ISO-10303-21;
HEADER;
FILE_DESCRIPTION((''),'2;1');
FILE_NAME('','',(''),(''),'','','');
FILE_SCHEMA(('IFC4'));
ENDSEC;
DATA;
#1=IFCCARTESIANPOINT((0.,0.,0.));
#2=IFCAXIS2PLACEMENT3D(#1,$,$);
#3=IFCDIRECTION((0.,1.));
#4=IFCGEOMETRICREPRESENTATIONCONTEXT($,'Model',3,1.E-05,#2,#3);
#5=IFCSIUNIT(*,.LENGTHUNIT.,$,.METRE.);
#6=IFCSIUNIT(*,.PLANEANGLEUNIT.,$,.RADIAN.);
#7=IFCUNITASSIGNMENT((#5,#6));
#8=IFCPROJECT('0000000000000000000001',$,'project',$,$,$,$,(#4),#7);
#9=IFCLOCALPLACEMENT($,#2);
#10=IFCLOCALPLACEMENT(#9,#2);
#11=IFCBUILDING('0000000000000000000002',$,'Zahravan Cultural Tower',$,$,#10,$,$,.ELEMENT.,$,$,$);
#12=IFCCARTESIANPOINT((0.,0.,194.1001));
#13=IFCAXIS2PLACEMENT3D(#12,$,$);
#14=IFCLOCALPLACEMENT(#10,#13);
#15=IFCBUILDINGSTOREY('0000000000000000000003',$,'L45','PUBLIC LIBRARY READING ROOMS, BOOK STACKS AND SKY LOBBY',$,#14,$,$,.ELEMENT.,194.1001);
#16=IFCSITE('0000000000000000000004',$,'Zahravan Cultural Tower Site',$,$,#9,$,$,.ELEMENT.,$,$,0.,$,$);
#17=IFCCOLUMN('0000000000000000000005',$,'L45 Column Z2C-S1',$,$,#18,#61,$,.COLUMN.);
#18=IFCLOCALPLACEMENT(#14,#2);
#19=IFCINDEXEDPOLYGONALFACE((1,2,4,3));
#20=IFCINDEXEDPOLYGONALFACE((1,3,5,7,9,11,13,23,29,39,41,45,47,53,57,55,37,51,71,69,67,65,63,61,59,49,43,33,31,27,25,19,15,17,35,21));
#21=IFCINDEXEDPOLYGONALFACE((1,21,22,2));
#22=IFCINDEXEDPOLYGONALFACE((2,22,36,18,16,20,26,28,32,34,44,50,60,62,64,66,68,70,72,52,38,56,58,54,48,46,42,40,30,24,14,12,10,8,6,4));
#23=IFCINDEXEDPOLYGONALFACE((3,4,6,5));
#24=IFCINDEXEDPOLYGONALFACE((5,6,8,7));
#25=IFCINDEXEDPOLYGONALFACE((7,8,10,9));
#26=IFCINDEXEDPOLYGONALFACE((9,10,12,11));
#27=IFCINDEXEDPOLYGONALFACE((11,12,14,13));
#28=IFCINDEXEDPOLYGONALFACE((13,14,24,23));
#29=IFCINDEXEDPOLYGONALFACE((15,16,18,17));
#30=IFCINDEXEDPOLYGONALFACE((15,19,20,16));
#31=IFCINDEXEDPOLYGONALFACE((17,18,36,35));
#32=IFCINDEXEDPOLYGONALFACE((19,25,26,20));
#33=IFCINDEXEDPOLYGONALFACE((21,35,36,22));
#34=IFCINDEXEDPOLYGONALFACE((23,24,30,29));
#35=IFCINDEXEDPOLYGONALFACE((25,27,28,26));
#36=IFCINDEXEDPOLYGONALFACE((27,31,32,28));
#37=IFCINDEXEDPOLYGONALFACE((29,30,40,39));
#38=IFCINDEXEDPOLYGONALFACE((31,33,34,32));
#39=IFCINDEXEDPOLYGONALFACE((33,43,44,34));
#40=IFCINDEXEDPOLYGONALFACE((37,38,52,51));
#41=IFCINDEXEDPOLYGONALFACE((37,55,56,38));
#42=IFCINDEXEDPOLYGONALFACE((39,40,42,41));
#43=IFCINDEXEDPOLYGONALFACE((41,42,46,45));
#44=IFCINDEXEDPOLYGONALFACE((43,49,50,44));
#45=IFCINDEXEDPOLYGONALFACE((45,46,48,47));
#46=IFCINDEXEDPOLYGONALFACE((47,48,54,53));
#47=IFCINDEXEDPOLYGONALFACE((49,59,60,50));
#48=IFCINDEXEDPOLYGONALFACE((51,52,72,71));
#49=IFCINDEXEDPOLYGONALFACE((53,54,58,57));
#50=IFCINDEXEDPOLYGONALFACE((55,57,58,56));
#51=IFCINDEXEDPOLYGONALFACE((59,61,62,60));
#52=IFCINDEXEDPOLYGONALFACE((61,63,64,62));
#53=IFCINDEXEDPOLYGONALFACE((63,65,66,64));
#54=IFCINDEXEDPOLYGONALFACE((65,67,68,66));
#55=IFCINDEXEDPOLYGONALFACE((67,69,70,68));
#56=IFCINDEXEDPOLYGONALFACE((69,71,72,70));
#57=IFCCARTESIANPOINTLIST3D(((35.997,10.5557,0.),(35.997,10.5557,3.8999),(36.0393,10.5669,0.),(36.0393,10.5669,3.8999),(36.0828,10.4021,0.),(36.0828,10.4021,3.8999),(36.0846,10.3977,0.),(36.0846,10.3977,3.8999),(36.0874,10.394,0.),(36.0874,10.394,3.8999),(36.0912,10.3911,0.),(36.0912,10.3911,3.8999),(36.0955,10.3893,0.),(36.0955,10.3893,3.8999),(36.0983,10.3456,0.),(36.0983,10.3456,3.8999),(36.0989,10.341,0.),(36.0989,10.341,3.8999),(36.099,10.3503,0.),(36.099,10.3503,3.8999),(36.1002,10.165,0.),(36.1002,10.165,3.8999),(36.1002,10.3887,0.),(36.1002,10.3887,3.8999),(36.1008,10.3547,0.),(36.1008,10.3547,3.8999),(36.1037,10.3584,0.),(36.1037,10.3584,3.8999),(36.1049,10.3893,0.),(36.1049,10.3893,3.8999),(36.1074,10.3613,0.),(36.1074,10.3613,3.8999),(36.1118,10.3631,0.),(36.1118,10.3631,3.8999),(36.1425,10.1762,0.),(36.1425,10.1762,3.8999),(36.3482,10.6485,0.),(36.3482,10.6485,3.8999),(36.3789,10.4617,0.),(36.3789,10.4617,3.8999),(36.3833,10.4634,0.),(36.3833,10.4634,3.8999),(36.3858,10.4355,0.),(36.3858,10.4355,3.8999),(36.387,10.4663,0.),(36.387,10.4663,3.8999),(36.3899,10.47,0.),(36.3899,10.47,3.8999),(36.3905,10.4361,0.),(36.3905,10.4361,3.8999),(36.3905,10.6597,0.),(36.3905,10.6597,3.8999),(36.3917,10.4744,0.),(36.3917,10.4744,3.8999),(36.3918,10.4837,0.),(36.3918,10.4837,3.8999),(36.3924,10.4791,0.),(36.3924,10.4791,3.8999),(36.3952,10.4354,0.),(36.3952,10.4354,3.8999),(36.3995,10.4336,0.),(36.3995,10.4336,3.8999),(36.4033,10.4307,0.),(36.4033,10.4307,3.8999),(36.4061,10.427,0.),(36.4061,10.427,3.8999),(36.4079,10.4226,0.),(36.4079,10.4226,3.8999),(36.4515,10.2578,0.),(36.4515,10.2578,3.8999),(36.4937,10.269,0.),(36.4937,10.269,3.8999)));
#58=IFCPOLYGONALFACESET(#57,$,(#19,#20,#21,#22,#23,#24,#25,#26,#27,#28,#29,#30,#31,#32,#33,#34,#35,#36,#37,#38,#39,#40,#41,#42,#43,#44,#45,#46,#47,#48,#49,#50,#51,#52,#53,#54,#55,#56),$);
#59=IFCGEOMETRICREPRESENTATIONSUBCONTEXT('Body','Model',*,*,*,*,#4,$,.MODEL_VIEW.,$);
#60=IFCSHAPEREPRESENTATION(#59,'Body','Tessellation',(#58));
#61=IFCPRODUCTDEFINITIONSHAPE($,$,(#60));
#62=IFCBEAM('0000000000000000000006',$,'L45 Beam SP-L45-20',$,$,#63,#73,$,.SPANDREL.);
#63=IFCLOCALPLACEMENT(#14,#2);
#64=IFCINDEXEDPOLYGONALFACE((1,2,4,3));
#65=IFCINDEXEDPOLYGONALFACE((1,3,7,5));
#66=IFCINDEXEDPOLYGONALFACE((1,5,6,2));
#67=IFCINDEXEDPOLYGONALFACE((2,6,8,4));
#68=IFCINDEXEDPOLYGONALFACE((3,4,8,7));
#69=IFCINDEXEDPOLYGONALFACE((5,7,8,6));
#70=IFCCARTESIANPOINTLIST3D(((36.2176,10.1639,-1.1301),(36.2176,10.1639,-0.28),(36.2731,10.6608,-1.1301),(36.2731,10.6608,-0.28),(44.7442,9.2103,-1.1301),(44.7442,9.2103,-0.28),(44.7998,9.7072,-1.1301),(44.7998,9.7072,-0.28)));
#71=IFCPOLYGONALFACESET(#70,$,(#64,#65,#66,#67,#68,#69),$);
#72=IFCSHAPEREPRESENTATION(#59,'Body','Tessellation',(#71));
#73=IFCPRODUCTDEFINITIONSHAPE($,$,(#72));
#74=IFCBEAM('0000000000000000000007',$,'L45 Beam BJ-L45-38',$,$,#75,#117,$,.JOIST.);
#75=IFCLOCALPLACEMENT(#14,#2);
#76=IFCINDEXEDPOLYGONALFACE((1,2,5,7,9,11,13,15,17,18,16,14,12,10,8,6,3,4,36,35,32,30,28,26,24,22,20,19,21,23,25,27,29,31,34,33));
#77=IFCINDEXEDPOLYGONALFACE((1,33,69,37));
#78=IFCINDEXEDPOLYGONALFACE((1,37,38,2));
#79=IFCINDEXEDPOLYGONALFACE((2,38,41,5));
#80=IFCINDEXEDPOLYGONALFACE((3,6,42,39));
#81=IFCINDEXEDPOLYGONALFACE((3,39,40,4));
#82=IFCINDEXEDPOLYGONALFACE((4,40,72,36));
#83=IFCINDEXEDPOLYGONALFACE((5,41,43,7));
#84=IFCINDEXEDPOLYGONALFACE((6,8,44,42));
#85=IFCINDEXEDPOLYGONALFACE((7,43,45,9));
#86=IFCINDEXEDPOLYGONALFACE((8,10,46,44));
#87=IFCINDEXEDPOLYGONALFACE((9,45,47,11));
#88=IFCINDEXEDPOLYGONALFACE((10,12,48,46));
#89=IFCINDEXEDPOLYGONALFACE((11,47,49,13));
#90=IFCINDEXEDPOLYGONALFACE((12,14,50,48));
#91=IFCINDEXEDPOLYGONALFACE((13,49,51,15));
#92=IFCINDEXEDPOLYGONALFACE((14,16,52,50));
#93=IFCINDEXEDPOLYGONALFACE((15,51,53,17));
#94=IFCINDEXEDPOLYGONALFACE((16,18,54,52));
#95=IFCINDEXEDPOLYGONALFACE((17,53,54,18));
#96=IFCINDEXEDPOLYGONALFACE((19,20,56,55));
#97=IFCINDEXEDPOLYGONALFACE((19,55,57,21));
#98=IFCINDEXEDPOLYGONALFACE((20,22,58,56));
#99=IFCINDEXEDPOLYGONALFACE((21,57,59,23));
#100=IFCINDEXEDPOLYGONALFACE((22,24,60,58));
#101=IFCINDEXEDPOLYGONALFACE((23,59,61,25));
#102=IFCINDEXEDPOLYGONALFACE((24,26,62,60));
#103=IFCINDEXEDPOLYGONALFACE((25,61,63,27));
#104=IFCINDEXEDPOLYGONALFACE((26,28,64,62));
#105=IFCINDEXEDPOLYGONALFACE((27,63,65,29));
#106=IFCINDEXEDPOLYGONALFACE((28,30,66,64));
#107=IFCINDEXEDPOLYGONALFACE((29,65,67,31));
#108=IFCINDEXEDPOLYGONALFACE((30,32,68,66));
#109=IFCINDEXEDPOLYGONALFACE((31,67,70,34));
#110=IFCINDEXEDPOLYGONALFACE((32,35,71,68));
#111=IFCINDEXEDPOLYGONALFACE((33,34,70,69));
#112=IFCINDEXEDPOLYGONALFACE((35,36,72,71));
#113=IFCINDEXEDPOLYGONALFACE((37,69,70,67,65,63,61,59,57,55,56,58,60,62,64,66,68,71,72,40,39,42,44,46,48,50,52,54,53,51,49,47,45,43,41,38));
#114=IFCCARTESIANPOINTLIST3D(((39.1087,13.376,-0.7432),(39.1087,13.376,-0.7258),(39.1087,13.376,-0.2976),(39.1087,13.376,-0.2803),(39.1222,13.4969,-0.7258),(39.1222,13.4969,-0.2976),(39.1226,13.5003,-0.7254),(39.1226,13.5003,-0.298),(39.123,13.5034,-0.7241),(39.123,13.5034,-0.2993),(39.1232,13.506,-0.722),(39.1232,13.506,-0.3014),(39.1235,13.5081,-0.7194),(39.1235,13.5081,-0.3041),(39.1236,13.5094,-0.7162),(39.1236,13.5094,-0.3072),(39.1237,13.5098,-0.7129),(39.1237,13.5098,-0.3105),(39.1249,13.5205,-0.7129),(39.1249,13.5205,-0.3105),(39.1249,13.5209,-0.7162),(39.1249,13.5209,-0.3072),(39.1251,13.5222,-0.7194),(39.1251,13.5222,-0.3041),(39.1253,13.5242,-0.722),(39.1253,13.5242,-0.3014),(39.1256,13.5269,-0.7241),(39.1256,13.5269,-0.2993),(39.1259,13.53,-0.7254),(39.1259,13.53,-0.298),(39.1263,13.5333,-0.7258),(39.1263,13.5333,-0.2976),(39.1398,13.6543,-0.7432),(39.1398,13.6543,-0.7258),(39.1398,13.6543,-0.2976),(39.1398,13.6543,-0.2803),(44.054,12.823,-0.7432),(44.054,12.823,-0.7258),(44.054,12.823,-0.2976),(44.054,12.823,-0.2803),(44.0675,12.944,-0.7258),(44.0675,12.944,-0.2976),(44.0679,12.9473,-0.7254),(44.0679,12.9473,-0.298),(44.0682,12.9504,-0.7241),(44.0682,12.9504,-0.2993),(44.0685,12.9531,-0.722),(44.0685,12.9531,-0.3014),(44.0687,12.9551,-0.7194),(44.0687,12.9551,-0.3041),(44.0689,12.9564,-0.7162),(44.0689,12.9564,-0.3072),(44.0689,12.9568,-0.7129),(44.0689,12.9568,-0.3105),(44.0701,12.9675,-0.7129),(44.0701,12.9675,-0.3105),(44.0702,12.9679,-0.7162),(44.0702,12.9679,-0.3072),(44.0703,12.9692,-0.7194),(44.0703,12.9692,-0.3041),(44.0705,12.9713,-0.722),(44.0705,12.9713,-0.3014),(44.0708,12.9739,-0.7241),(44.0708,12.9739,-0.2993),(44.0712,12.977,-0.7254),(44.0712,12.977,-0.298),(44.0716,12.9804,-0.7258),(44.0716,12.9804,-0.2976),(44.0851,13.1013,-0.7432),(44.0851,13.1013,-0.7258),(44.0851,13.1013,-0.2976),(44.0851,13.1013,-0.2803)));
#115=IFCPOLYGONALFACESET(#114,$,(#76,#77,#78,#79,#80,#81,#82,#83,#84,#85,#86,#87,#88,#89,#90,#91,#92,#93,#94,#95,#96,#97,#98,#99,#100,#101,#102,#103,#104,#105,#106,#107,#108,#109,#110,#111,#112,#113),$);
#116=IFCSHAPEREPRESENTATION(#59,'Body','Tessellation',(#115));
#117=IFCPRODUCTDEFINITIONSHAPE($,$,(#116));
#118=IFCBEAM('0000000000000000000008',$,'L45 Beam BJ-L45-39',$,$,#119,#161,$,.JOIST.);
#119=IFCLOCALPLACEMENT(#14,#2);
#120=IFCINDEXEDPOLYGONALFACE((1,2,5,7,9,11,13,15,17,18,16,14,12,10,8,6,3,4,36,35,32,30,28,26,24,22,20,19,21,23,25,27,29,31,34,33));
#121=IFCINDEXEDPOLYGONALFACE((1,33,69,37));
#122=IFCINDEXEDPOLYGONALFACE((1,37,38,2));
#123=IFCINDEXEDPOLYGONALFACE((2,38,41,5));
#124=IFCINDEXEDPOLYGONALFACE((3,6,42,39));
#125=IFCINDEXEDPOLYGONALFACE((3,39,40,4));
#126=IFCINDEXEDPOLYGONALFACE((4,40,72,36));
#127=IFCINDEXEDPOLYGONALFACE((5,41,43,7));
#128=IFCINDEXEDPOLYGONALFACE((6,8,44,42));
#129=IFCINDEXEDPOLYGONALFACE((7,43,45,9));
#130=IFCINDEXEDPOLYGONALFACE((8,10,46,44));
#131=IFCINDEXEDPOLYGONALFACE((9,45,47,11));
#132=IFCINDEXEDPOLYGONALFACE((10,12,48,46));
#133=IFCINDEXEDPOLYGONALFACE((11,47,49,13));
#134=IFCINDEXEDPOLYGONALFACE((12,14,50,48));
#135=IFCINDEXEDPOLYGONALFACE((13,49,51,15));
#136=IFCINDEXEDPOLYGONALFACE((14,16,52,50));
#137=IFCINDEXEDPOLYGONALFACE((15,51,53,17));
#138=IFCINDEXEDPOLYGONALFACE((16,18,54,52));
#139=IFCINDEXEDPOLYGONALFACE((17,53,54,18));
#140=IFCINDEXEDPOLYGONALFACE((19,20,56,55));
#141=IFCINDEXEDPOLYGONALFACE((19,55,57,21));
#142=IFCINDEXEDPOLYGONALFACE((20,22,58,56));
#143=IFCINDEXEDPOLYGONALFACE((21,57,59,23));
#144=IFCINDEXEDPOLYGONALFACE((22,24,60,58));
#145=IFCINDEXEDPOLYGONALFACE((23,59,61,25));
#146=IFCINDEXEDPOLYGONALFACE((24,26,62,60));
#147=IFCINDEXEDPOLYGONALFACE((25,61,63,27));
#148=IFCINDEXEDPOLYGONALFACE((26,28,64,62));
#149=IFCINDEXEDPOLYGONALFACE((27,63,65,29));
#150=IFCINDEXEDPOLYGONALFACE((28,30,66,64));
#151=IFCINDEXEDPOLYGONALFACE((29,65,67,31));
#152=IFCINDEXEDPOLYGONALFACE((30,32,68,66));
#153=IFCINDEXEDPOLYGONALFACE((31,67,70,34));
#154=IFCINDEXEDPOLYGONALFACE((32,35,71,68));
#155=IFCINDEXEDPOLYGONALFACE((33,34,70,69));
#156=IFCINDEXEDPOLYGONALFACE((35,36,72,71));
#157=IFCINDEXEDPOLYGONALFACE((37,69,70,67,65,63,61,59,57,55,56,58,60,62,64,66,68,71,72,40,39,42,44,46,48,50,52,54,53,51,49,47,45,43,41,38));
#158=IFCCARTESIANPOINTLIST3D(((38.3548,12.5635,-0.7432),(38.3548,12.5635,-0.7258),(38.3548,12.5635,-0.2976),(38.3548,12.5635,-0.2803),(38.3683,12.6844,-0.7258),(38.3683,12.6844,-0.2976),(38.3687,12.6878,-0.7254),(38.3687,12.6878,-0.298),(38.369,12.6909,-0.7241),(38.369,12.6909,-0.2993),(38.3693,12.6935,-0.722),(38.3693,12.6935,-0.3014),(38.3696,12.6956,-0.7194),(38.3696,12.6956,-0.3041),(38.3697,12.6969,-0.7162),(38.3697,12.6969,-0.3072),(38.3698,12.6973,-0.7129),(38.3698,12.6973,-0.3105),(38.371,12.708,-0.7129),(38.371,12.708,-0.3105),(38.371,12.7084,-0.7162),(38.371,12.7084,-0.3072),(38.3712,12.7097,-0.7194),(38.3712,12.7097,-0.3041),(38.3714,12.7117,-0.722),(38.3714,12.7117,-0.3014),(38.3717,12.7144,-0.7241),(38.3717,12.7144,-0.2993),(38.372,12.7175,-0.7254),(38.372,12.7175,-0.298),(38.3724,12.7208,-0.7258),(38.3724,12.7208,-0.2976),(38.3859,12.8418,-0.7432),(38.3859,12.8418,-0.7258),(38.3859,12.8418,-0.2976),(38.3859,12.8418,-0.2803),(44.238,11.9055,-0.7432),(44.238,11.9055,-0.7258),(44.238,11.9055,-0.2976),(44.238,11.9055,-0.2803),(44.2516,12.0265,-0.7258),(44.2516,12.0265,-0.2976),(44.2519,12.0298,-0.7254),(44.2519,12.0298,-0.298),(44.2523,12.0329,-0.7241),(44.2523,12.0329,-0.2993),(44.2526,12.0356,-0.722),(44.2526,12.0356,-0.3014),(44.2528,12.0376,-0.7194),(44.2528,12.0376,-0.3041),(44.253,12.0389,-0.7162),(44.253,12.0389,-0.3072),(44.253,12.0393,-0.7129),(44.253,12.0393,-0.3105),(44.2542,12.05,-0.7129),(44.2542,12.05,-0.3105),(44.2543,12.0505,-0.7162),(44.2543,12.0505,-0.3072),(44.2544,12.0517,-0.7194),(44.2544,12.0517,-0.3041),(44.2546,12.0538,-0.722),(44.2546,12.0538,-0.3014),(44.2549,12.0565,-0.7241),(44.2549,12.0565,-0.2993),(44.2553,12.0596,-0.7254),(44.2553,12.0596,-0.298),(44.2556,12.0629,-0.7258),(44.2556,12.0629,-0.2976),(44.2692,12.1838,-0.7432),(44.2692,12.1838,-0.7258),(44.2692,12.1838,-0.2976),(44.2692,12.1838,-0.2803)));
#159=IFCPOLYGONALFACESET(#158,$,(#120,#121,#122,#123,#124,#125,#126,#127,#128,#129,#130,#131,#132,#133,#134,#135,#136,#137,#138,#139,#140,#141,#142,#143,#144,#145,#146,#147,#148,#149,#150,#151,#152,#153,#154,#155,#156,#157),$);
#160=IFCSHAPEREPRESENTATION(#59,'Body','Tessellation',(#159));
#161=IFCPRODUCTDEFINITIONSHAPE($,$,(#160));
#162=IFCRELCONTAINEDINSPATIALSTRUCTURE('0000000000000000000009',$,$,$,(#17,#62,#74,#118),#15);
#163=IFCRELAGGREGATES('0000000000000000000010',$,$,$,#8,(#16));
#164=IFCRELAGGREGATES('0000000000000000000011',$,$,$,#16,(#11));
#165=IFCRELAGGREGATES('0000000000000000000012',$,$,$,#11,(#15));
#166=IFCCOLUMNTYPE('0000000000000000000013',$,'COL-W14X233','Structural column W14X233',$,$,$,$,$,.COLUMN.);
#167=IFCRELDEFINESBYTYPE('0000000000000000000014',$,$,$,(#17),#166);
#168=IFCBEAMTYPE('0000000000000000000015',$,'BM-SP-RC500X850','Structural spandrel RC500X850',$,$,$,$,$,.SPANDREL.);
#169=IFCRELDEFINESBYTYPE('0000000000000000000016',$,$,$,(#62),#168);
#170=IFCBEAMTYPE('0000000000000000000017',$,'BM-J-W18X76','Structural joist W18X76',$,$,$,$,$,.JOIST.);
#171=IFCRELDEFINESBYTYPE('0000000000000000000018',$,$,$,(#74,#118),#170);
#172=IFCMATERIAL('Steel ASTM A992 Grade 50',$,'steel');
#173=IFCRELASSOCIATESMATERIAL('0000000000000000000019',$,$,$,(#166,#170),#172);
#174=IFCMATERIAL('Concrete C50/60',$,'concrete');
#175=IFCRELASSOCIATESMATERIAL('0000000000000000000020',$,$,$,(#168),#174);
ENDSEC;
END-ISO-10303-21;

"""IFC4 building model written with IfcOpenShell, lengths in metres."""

from ifc_helpers import new_model, si_unit, direction, frame, origin, origin_2d, place, context, subcontext, project, spatial, rectangle, i_section, extrude, source, transform, mapped, material, material_profile, profile_set, type_object, element, save


model = new_model("IFC4")

# Units and contexts
model_context = context("Model", 3, precision=1e-05, world=origin(), true_north=direction((0.0, 1.0)))
body_context = subcontext(model_context, "Body", "Model", "MODEL_VIEW")
ifc_project = project(units=[si_unit("LENGTHUNIT", "METRE"), si_unit("PLANEANGLEUNIT", "RADIAN")], contexts=[model_context])

# Site, building, storey
site_placement = place(None, origin())
site = spatial("IfcSite", under=ifc_project, at=site_placement, Name="Zahravan Cultural Tower Site", CompositionType="ELEMENT", RefElevation=0.0)
building_placement = place(site_placement, origin())
building = spatial("IfcBuilding", under=site, at=building_placement, Name="Zahravan Cultural Tower", CompositionType="ELEMENT")
storey_placement = place(building_placement, frame((0.0, 0.0, 194.1001)))
storey = spatial("IfcBuildingStorey", under=building, at=storey_placement, Name="L45", Description="PUBLIC LIBRARY READING ROOMS, BOOK STACKS AND SKY LOBBY", CompositionType="ELEMENT", Elevation=194.1001)

# Column
ifc_material_1 = material(Name="Steel ASTM A992 Grade 50", Category="steel")
ifc_material_profile_1 = material_profile(ifc_material_1, i_section(OverallWidth=0.4041, OverallDepth=0.407, WebThickness=0.0271, FlangeThickness=0.0437, FilletRadius=0.0181, at=origin_2d()), Name="W14X233")
ifc_profile_set_1 = profile_set([ifc_material_profile_1], Name="Steel ASTM A992 Grade 50")
column_type = type_object("IfcColumnType", Name="COL-W14X233", Description="Structural column W14X233", PredefinedType="COLUMN", material=ifc_profile_set_1)
shared_shape_1 = source(origin(), body_context, "Body", "SweptSolid", [
    extrude(i_section(OverallWidth=0.4041, OverallDepth=0.407, WebThickness=0.0271, FlangeThickness=0.0437, FilletRadius=0.0181, at=origin_2d()), origin(), (0.0, 0.0, 1.0), 3.8999),
])
column_placement = place(storey_placement, frame((36.2454, 10.4124, 0.0), z_axis=(0.0, 0.0, 1.0), x_axis=(-0.255446, 0.966823, 0.0)))
element("IfcColumn", 1, at=column_placement, inside=storey, type_object=column_type, Name="L45 Column Z2C-S1", PredefinedType="COLUMN", context=body_context, shape_type="MappedRepresentation", body=[
    mapped(shared_shape_1, transform((0.0, 0.0, 0.0), x_axis=(1.0, 0.0, 0.0), y_axis=(0.0, 1.0, 0.0), z_axis=(0.0, 0.0, 1.0), scale=1.0)),
])

# Beams
ifc_material_2 = material(Name="Concrete C50/60", Category="concrete")
ifc_material_profile_2 = material_profile(ifc_material_2, rectangle(XDim=0.5, YDim=0.8501, at=origin_2d()), Name="RC500X850")
ifc_profile_set_2 = profile_set([ifc_material_profile_2], Name="Concrete C50/60")
beam_type_1 = type_object("IfcBeamType", Name="BM-SP-RC500X850", Description="Structural spandrel RC500X850", PredefinedType="SPANDREL", material=ifc_profile_set_2)
shared_shape_2 = source(origin(), body_context, "Body", "SweptSolid", [
    extrude(rectangle(XDim=0.5, YDim=0.8501, at=origin_2d()), origin(), (0.0, 0.0, 1.0), 8.5798),
])
beam_1_placement = place(storey_placement, frame((36.2454, 10.4124, -0.7051), z_axis=(0.993804, -0.111147, 0.0), x_axis=(0.111147, 0.993804, 0.0)))
element("IfcBeam", 2, at=beam_1_placement, inside=storey, type_object=beam_type_1, Name="L45 Beam SP-L45-20", PredefinedType="SPANDREL", context=body_context, shape_type="MappedRepresentation", body=[
    mapped(shared_shape_2, transform((0.0, 0.0, 0.0), x_axis=(1.0, 0.0, 0.0), y_axis=(0.0, 1.0, 0.0), z_axis=(0.0, 0.0, 1.0), scale=1.0)),
])
ifc_material_profile_3 = material_profile(ifc_material_1, i_section(OverallWidth=0.28, OverallDepth=0.4629, WebThickness=0.0107, FlangeThickness=0.0173, FilletRadius=0.0129, at=origin_2d()), Name="W18X76")
ifc_profile_set_3 = profile_set([ifc_material_profile_3], Name="Steel ASTM A992 Grade 50")
beam_type_2 = type_object("IfcBeamType", Name="BM-J-W18X76", Description="Structural joist W18X76", PredefinedType="JOIST", material=ifc_profile_set_3)
shared_shape_3 = source(origin(), body_context, "Body", "SweptSolid", [
    extrude(i_section(OverallWidth=0.28, OverallDepth=0.4629, WebThickness=0.0107, FlangeThickness=0.0173, FilletRadius=0.0129, at=origin_2d()), origin(), (0.0, 0.0, 1.0), 4.9761),
])
beam_2_placement = place(storey_placement, frame((39.1243, 13.5151, -0.5117), z_axis=(0.993806, -0.111126, 0.0), x_axis=(0.111126, 0.993806, 0.0)))
element("IfcBeam", 3, at=beam_2_placement, inside=storey, type_object=beam_type_2, Name="L45 Beam BJ-L45-38", PredefinedType="JOIST", context=body_context, shape_type="MappedRepresentation", body=[
    mapped(shared_shape_3, transform((0.0, 0.0, 0.0), x_axis=(1.0, 0.0, 0.0), y_axis=(0.0, 1.0, 0.0), z_axis=(0.0, 0.0, 1.0), scale=1.0)),
])
shared_shape_4 = source(origin(), body_context, "Body", "SweptSolid", [
    extrude(i_section(OverallWidth=0.28, OverallDepth=0.4629, WebThickness=0.0107, FlangeThickness=0.0173, FilletRadius=0.0129, at=origin_2d()), origin(), (0.0, 0.0, 1.0), 5.9199),
])
beam_3_placement = place(storey_placement, frame((38.3704, 12.7026, -0.5117), z_axis=(0.993805, -0.111142, 0.0), x_axis=(0.111142, 0.993805, 0.0)))
element("IfcBeam", 4, at=beam_3_placement, inside=storey, type_object=beam_type_2, Name="L45 Beam BJ-L45-39", PredefinedType="JOIST", context=body_context, shape_type="MappedRepresentation", body=[
    mapped(shared_shape_4, transform((0.0, 0.0, 0.0), x_axis=(1.0, 0.0, 0.0), y_axis=(0.0, 1.0, 0.0), z_axis=(0.0, 0.0, 1.0), scale=1.0)),
])

save(model, "model.ifc")
